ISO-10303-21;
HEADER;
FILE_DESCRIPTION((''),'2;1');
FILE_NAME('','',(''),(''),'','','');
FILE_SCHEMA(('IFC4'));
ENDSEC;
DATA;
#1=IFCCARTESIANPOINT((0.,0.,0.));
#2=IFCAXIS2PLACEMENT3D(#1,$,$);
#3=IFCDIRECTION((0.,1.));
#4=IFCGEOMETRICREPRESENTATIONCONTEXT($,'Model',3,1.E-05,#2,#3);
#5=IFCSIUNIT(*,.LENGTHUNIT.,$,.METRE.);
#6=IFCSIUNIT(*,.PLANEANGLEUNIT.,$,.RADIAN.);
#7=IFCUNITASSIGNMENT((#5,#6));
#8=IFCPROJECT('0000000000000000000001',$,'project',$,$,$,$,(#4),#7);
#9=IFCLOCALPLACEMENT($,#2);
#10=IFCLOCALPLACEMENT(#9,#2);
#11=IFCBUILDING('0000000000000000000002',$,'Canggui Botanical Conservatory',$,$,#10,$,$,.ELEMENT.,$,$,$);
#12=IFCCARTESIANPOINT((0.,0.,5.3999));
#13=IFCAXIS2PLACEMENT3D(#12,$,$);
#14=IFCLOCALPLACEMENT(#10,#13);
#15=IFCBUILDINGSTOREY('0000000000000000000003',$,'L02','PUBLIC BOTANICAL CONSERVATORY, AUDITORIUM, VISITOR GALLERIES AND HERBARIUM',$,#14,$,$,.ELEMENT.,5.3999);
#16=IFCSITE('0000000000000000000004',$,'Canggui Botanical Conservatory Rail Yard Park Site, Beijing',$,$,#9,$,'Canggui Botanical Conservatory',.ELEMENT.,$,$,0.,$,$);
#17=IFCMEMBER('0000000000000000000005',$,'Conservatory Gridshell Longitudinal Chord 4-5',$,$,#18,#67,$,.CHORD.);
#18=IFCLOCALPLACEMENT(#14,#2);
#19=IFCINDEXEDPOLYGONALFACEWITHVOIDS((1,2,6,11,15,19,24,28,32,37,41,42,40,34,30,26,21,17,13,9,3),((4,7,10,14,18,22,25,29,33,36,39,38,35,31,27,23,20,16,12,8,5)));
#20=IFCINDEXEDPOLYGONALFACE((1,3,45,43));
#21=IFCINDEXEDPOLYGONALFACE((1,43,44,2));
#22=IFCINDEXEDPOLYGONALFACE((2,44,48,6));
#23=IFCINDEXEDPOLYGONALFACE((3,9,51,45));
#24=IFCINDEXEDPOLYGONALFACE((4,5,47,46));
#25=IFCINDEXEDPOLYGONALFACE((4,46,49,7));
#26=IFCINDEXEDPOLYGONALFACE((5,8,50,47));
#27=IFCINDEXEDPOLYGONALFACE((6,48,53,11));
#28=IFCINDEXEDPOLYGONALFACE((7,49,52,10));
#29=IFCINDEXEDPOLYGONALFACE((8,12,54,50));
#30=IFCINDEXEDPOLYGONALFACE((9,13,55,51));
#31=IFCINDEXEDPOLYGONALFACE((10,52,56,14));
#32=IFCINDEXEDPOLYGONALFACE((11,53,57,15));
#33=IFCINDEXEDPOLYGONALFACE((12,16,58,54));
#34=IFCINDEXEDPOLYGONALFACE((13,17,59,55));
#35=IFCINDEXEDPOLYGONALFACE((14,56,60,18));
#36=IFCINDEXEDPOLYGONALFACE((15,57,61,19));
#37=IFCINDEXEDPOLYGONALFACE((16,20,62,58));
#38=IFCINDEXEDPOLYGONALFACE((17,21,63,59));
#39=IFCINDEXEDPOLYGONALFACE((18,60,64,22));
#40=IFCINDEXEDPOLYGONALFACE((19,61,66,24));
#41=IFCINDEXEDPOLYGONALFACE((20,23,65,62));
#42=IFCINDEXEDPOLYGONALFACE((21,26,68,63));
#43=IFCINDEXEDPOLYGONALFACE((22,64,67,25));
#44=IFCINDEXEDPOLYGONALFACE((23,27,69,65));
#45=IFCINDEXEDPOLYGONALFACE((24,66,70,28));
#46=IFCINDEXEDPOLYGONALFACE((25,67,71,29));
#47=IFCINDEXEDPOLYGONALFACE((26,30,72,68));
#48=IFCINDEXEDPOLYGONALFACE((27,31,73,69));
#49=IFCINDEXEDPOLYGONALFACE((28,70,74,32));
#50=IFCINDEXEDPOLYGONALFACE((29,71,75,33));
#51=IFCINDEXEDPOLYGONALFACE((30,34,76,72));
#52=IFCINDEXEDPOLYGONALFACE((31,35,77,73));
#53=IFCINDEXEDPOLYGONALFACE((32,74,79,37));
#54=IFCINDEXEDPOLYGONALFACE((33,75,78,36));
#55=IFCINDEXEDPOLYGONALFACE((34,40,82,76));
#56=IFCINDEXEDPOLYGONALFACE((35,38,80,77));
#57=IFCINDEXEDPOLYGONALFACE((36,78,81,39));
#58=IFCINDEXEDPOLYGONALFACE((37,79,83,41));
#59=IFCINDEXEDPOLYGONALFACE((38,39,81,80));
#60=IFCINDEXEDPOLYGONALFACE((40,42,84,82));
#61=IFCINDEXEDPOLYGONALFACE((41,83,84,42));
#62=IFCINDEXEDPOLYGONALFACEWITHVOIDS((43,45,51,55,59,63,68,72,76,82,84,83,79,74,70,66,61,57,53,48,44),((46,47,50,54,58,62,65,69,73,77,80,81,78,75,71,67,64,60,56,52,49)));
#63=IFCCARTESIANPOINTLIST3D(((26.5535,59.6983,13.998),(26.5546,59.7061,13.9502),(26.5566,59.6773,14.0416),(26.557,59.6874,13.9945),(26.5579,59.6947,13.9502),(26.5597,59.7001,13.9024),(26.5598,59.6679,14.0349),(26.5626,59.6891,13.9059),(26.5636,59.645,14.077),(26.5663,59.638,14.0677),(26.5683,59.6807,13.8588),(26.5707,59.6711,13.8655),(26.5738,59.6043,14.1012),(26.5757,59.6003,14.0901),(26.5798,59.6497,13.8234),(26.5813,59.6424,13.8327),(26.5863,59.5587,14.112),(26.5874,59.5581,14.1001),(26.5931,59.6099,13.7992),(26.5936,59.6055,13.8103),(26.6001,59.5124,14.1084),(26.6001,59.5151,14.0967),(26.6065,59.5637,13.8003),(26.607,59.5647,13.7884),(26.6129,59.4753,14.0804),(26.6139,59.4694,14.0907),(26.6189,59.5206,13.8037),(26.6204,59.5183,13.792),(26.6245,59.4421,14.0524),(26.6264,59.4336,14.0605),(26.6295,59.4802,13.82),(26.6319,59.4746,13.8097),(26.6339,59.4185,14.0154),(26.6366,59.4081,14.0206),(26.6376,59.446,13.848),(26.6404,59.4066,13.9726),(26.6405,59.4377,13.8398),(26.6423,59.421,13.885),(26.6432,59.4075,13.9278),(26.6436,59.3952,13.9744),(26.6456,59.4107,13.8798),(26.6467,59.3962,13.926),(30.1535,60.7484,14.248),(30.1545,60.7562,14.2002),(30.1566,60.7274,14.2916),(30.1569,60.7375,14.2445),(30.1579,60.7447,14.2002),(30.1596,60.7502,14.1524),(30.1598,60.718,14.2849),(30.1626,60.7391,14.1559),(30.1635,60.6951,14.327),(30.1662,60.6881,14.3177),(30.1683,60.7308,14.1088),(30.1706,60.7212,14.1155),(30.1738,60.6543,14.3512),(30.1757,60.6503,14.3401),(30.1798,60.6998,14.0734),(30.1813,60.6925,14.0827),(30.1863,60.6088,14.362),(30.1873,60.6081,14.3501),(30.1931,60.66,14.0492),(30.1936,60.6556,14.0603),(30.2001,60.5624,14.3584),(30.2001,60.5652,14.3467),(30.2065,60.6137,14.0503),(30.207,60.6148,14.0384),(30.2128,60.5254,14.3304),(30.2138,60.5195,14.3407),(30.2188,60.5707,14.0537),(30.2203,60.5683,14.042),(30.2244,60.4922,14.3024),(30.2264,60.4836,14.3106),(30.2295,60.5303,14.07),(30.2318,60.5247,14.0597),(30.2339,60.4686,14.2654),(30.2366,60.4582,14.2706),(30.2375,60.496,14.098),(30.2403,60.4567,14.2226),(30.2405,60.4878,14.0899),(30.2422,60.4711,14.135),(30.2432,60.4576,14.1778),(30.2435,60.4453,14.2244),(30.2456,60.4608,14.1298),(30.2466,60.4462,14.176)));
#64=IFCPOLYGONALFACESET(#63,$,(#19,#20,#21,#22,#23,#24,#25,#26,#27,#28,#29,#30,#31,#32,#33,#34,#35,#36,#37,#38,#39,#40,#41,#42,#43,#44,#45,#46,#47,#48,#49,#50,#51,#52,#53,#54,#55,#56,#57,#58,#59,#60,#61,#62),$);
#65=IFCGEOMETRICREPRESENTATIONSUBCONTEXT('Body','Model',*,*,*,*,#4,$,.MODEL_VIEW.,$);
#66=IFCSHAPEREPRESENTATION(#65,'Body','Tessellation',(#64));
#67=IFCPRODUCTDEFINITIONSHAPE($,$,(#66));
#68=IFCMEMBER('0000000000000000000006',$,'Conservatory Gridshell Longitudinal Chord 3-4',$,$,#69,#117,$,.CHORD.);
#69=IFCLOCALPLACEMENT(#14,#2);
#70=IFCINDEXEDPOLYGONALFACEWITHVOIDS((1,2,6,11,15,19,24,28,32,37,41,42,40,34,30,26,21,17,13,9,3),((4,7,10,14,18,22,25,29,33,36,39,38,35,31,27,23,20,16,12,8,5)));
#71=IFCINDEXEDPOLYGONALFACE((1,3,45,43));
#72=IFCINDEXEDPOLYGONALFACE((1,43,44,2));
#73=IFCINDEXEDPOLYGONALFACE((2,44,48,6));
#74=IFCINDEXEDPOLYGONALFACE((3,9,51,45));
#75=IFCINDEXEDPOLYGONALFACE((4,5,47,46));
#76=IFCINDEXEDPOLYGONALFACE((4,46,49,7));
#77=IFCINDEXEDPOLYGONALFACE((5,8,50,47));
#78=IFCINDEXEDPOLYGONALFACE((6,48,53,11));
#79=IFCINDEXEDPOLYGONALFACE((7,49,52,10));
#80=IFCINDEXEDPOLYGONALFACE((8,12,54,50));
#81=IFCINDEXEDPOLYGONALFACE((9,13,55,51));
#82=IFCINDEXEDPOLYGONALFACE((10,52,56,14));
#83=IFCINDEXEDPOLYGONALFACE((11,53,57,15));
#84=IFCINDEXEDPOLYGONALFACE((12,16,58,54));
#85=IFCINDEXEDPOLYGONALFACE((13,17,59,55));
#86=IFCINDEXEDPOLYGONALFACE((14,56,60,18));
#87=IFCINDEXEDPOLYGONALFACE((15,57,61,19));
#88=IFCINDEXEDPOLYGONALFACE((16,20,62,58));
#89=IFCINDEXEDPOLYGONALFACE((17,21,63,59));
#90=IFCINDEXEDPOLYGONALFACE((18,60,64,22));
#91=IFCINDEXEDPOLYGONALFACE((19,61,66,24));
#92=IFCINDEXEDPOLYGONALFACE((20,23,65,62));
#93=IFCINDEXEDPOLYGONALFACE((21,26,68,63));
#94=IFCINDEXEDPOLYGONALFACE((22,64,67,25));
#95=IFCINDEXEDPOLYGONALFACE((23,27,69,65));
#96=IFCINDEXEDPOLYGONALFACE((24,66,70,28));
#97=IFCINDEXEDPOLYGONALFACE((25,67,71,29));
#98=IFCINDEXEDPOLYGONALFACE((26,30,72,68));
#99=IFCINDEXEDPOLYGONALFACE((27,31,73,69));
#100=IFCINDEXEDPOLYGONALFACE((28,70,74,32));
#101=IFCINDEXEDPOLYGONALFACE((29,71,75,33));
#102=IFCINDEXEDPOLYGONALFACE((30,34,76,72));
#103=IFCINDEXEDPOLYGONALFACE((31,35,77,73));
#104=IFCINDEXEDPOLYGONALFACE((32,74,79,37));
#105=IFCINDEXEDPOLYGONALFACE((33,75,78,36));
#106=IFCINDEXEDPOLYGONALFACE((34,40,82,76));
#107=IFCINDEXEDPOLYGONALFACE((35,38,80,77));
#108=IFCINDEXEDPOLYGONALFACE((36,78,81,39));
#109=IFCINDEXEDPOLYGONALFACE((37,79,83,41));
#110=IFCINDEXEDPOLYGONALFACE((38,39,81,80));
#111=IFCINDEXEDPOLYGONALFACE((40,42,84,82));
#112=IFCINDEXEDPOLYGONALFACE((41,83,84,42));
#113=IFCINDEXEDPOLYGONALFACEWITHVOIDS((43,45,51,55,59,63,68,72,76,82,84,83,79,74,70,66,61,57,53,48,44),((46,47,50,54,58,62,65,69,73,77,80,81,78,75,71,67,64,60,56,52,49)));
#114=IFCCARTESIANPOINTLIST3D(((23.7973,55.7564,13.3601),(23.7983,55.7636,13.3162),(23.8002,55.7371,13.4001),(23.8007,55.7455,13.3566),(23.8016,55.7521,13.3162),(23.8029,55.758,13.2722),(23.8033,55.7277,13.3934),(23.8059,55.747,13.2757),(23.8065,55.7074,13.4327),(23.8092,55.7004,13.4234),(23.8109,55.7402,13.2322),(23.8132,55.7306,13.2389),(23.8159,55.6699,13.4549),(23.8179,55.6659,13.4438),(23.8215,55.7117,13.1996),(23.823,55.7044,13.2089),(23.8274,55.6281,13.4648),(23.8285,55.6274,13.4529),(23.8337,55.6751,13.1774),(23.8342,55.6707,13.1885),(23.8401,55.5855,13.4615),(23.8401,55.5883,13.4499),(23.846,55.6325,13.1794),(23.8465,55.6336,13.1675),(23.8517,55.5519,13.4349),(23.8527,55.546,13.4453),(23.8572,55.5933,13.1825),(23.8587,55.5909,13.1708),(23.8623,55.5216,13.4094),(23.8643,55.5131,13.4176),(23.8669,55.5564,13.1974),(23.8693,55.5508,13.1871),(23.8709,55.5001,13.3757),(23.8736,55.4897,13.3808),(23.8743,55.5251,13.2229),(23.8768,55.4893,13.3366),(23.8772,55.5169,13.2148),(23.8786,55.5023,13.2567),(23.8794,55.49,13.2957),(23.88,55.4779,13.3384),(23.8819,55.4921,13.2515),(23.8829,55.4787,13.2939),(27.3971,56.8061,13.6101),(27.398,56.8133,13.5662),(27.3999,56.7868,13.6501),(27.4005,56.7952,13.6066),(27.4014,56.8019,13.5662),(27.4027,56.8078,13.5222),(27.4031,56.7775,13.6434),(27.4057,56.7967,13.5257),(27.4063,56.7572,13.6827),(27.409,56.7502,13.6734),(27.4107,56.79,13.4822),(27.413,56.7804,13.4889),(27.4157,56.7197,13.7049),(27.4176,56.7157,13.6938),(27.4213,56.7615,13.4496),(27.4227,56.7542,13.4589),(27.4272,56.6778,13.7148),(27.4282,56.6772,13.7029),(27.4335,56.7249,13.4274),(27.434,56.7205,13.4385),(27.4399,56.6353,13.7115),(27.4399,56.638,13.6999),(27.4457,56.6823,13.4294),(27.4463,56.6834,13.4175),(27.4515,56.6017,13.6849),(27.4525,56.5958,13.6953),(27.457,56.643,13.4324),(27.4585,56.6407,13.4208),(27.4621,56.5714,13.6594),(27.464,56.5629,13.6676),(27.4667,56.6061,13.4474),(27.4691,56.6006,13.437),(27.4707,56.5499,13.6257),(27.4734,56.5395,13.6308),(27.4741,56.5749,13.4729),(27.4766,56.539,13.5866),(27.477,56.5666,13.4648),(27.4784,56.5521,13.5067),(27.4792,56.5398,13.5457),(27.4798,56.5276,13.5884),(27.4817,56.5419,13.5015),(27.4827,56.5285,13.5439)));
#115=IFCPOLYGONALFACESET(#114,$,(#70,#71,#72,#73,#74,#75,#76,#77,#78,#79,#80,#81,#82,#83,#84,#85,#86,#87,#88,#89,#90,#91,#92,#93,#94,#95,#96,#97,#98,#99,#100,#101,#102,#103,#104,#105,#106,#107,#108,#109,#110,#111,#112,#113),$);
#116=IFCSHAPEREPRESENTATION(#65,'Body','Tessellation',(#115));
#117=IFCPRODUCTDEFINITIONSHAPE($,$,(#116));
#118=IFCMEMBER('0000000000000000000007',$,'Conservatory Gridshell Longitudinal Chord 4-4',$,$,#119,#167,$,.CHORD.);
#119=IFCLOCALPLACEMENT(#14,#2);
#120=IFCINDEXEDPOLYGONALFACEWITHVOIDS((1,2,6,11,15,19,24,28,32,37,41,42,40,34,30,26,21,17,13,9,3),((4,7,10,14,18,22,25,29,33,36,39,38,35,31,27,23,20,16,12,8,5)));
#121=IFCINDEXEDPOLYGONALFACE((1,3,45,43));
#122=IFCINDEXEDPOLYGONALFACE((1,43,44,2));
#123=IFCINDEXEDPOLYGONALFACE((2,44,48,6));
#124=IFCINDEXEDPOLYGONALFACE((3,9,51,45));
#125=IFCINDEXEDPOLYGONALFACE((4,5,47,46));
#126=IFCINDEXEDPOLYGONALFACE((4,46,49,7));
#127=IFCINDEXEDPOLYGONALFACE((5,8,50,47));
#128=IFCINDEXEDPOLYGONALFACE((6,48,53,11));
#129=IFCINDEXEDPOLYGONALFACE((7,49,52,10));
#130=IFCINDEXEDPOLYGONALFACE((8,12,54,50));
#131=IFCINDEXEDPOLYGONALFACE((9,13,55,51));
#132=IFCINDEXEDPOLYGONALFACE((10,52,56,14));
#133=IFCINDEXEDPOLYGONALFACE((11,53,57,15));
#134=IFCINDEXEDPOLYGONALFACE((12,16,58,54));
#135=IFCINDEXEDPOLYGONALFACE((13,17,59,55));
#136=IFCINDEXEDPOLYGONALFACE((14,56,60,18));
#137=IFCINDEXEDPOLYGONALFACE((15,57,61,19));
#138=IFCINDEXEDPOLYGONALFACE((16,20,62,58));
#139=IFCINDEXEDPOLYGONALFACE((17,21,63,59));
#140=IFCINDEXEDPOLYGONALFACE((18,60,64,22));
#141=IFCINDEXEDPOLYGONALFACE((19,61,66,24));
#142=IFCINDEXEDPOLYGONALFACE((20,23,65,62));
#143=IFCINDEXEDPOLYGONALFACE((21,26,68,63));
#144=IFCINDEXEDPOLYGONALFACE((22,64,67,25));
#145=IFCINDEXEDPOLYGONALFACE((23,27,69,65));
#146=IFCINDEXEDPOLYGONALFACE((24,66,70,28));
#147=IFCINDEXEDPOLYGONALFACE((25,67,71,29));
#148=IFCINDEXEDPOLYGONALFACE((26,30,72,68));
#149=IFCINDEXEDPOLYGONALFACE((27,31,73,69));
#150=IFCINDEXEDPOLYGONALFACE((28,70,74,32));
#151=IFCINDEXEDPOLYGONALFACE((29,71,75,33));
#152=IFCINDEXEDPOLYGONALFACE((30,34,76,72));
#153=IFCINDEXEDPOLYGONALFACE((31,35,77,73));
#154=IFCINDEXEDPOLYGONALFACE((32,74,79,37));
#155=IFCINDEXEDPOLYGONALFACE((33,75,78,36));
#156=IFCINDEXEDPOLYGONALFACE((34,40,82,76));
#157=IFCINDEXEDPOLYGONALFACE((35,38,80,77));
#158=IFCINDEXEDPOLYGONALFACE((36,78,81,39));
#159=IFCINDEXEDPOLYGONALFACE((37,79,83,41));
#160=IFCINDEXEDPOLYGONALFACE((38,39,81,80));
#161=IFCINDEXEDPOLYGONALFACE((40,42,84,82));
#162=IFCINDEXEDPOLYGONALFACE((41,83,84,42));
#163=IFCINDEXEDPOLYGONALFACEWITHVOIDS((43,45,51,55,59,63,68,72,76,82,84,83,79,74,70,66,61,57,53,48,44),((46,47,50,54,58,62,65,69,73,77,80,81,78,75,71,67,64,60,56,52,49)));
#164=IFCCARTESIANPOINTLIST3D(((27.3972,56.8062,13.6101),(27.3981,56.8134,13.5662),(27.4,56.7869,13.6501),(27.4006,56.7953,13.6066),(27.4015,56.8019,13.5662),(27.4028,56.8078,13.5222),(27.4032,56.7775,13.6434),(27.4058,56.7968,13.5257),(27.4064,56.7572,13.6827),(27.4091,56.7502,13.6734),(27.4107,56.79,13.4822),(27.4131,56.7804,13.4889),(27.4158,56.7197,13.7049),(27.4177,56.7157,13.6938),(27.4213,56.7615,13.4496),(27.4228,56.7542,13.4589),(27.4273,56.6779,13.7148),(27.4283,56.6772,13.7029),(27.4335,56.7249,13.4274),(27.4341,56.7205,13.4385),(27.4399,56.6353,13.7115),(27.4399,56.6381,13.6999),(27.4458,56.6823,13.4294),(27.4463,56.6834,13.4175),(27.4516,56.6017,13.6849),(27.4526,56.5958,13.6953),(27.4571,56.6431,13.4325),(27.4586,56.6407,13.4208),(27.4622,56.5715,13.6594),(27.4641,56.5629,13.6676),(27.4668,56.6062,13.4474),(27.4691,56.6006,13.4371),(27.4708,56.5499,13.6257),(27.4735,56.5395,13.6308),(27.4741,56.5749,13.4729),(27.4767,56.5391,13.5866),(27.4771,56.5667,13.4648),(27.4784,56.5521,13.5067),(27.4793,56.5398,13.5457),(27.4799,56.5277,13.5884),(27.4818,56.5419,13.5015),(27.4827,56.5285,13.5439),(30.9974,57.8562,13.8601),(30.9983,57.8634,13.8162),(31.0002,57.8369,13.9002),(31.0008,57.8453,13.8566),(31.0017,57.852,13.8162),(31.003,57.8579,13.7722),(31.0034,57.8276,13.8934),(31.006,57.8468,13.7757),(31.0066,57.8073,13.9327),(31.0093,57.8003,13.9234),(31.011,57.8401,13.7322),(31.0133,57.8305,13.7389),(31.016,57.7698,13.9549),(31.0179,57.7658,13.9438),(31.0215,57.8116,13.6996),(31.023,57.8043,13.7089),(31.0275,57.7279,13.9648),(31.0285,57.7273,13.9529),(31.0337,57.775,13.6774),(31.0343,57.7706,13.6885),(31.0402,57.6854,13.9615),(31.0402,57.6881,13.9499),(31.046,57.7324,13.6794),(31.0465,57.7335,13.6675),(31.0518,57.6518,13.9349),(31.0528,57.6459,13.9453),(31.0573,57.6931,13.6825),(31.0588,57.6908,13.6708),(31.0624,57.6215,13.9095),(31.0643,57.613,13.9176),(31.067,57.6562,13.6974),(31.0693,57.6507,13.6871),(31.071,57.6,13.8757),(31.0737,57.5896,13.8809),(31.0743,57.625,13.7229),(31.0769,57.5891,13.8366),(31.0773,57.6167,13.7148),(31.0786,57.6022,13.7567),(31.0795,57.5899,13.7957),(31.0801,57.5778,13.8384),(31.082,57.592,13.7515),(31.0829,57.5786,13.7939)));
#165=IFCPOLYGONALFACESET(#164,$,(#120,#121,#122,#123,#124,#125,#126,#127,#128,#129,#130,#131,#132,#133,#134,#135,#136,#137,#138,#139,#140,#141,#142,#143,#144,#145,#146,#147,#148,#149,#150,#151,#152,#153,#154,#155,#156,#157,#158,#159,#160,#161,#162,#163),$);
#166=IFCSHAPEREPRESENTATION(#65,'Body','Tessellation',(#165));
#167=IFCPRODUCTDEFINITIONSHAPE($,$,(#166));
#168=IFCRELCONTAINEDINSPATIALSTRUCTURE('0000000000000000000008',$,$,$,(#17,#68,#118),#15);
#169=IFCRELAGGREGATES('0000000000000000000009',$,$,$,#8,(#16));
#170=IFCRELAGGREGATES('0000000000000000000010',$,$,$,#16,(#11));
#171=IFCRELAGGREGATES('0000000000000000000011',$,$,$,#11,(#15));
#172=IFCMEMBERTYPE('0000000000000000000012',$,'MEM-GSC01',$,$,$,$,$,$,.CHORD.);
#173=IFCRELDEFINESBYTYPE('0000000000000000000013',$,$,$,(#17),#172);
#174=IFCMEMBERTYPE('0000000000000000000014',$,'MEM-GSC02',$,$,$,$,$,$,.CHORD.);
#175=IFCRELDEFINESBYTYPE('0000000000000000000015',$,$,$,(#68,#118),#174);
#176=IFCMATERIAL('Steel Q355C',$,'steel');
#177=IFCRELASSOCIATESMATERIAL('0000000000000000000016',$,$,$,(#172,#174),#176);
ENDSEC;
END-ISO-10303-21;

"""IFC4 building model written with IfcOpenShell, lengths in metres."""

from ifc_helpers import new_model, si_unit, direction, frame, origin, origin_2d, place, context, subcontext, project, spatial, hollow_circle, extrude, material, material_profile, profile_set, type_object, element, save


model = new_model("IFC4")

# Units and contexts
model_context = context("Model", 3, precision=1e-05, world=origin(), true_north=direction((0.0, 1.0)))
body_context = subcontext(model_context, "Body", "Model", "MODEL_VIEW")
ifc_project = project(units=[si_unit("LENGTHUNIT", "METRE"), si_unit("PLANEANGLEUNIT", "RADIAN")], contexts=[model_context])

# Site, building, storey
site_placement = place(None, origin())
site = spatial("IfcSite", under=ifc_project, at=site_placement, Name="Canggui Botanical Conservatory Rail Yard Park Site, Beijing", LongName="Canggui Botanical Conservatory", CompositionType="ELEMENT", RefElevation=0.0)
building_placement = place(site_placement, origin())
building = spatial("IfcBuilding", under=site, at=building_placement, Name="Canggui Botanical Conservatory", CompositionType="ELEMENT")
storey_placement = place(building_placement, frame((0.0, 0.0, 5.3999)))
storey = spatial("IfcBuildingStorey", under=building, at=storey_placement, Name="L02", Description="PUBLIC BOTANICAL CONSERVATORY, AUDITORIUM, VISITOR GALLERIES AND HERBARIUM", CompositionType="ELEMENT", Elevation=5.3999)

# Shared definitions
ifc_material_1 = material(Name="Steel Q355C", Category="steel")

# Members
ifc_material_profile_1 = material_profile(ifc_material_1, hollow_circle(Radius=0.1626, WallThickness=0.012, at=origin_2d()), Name="CHS 325x12")
ifc_profile_set_1 = profile_set([ifc_material_profile_1], Name="Steel Q355C")
member_type_1 = type_object("IfcMemberType", Name="MEM-GSC01", PredefinedType="CHORD", material=ifc_profile_set_1)
member_1_placement = place(storey_placement, frame((26.6001, 59.55, 13.9502), z_axis=(0.957867, 0.279402, 0.066521), x_axis=(-0.280023, 0.959993, 0.0)))
element("IfcMember", 1, at=member_1_placement, inside=storey, type_object=member_type_1, Name="Conservatory Gridshell Longitudinal Chord 4-5", PredefinedType="CHORD", context=body_context, shape_type="SweptSolid", body=[
    extrude(hollow_circle(Radius=0.1626, WallThickness=0.012, at=origin_2d()), origin(), (0.0, 0.0, 1.0), 3.7583),
])
ifc_material_profile_2 = material_profile(ifc_material_1, hollow_circle(Radius=0.1494, WallThickness=0.012, at=origin_2d()), Name="CHS 299x12")
ifc_profile_set_2 = profile_set([ifc_material_profile_2], Name="Steel Q355C")
member_type_2 = type_object("IfcMemberType", Name="MEM-GSC02", PredefinedType="CHORD", material=ifc_profile_set_2)
member_2_placement = place(storey_placement, frame((23.8401, 55.6201, 13.3162), z_axis=(0.957884, 0.279342, 0.066522), x_axis=(-0.279962, 0.960011, 0.0)))
element("IfcMember", 2, at=member_2_placement, inside=storey, type_object=member_type_2, Name="Conservatory Gridshell Longitudinal Chord 3-4", PredefinedType="CHORD", context=body_context, shape_type="SweptSolid", body=[
    extrude(hollow_circle(Radius=0.1494, WallThickness=0.012, at=origin_2d()), origin(), (0.0, 0.0, 1.0), 3.7581),
])
member_3_placement = place(storey_placement, frame((27.4399, 56.6699, 13.5662), z_axis=(0.957872, 0.279385, 0.066517), x_axis=(-0.280005, 0.959999, 0.0)))
element("IfcMember", 3, at=member_3_placement, inside=storey, type_object=member_type_2, Name="Conservatory Gridshell Longitudinal Chord 4-4", PredefinedType="CHORD", context=body_context, shape_type="SweptSolid", body=[
    extrude(hollow_circle(Radius=0.1494, WallThickness=0.012, at=origin_2d()), origin(), (0.0, 0.0, 1.0), 3.7585),
])

save(model, "model.ifc")
